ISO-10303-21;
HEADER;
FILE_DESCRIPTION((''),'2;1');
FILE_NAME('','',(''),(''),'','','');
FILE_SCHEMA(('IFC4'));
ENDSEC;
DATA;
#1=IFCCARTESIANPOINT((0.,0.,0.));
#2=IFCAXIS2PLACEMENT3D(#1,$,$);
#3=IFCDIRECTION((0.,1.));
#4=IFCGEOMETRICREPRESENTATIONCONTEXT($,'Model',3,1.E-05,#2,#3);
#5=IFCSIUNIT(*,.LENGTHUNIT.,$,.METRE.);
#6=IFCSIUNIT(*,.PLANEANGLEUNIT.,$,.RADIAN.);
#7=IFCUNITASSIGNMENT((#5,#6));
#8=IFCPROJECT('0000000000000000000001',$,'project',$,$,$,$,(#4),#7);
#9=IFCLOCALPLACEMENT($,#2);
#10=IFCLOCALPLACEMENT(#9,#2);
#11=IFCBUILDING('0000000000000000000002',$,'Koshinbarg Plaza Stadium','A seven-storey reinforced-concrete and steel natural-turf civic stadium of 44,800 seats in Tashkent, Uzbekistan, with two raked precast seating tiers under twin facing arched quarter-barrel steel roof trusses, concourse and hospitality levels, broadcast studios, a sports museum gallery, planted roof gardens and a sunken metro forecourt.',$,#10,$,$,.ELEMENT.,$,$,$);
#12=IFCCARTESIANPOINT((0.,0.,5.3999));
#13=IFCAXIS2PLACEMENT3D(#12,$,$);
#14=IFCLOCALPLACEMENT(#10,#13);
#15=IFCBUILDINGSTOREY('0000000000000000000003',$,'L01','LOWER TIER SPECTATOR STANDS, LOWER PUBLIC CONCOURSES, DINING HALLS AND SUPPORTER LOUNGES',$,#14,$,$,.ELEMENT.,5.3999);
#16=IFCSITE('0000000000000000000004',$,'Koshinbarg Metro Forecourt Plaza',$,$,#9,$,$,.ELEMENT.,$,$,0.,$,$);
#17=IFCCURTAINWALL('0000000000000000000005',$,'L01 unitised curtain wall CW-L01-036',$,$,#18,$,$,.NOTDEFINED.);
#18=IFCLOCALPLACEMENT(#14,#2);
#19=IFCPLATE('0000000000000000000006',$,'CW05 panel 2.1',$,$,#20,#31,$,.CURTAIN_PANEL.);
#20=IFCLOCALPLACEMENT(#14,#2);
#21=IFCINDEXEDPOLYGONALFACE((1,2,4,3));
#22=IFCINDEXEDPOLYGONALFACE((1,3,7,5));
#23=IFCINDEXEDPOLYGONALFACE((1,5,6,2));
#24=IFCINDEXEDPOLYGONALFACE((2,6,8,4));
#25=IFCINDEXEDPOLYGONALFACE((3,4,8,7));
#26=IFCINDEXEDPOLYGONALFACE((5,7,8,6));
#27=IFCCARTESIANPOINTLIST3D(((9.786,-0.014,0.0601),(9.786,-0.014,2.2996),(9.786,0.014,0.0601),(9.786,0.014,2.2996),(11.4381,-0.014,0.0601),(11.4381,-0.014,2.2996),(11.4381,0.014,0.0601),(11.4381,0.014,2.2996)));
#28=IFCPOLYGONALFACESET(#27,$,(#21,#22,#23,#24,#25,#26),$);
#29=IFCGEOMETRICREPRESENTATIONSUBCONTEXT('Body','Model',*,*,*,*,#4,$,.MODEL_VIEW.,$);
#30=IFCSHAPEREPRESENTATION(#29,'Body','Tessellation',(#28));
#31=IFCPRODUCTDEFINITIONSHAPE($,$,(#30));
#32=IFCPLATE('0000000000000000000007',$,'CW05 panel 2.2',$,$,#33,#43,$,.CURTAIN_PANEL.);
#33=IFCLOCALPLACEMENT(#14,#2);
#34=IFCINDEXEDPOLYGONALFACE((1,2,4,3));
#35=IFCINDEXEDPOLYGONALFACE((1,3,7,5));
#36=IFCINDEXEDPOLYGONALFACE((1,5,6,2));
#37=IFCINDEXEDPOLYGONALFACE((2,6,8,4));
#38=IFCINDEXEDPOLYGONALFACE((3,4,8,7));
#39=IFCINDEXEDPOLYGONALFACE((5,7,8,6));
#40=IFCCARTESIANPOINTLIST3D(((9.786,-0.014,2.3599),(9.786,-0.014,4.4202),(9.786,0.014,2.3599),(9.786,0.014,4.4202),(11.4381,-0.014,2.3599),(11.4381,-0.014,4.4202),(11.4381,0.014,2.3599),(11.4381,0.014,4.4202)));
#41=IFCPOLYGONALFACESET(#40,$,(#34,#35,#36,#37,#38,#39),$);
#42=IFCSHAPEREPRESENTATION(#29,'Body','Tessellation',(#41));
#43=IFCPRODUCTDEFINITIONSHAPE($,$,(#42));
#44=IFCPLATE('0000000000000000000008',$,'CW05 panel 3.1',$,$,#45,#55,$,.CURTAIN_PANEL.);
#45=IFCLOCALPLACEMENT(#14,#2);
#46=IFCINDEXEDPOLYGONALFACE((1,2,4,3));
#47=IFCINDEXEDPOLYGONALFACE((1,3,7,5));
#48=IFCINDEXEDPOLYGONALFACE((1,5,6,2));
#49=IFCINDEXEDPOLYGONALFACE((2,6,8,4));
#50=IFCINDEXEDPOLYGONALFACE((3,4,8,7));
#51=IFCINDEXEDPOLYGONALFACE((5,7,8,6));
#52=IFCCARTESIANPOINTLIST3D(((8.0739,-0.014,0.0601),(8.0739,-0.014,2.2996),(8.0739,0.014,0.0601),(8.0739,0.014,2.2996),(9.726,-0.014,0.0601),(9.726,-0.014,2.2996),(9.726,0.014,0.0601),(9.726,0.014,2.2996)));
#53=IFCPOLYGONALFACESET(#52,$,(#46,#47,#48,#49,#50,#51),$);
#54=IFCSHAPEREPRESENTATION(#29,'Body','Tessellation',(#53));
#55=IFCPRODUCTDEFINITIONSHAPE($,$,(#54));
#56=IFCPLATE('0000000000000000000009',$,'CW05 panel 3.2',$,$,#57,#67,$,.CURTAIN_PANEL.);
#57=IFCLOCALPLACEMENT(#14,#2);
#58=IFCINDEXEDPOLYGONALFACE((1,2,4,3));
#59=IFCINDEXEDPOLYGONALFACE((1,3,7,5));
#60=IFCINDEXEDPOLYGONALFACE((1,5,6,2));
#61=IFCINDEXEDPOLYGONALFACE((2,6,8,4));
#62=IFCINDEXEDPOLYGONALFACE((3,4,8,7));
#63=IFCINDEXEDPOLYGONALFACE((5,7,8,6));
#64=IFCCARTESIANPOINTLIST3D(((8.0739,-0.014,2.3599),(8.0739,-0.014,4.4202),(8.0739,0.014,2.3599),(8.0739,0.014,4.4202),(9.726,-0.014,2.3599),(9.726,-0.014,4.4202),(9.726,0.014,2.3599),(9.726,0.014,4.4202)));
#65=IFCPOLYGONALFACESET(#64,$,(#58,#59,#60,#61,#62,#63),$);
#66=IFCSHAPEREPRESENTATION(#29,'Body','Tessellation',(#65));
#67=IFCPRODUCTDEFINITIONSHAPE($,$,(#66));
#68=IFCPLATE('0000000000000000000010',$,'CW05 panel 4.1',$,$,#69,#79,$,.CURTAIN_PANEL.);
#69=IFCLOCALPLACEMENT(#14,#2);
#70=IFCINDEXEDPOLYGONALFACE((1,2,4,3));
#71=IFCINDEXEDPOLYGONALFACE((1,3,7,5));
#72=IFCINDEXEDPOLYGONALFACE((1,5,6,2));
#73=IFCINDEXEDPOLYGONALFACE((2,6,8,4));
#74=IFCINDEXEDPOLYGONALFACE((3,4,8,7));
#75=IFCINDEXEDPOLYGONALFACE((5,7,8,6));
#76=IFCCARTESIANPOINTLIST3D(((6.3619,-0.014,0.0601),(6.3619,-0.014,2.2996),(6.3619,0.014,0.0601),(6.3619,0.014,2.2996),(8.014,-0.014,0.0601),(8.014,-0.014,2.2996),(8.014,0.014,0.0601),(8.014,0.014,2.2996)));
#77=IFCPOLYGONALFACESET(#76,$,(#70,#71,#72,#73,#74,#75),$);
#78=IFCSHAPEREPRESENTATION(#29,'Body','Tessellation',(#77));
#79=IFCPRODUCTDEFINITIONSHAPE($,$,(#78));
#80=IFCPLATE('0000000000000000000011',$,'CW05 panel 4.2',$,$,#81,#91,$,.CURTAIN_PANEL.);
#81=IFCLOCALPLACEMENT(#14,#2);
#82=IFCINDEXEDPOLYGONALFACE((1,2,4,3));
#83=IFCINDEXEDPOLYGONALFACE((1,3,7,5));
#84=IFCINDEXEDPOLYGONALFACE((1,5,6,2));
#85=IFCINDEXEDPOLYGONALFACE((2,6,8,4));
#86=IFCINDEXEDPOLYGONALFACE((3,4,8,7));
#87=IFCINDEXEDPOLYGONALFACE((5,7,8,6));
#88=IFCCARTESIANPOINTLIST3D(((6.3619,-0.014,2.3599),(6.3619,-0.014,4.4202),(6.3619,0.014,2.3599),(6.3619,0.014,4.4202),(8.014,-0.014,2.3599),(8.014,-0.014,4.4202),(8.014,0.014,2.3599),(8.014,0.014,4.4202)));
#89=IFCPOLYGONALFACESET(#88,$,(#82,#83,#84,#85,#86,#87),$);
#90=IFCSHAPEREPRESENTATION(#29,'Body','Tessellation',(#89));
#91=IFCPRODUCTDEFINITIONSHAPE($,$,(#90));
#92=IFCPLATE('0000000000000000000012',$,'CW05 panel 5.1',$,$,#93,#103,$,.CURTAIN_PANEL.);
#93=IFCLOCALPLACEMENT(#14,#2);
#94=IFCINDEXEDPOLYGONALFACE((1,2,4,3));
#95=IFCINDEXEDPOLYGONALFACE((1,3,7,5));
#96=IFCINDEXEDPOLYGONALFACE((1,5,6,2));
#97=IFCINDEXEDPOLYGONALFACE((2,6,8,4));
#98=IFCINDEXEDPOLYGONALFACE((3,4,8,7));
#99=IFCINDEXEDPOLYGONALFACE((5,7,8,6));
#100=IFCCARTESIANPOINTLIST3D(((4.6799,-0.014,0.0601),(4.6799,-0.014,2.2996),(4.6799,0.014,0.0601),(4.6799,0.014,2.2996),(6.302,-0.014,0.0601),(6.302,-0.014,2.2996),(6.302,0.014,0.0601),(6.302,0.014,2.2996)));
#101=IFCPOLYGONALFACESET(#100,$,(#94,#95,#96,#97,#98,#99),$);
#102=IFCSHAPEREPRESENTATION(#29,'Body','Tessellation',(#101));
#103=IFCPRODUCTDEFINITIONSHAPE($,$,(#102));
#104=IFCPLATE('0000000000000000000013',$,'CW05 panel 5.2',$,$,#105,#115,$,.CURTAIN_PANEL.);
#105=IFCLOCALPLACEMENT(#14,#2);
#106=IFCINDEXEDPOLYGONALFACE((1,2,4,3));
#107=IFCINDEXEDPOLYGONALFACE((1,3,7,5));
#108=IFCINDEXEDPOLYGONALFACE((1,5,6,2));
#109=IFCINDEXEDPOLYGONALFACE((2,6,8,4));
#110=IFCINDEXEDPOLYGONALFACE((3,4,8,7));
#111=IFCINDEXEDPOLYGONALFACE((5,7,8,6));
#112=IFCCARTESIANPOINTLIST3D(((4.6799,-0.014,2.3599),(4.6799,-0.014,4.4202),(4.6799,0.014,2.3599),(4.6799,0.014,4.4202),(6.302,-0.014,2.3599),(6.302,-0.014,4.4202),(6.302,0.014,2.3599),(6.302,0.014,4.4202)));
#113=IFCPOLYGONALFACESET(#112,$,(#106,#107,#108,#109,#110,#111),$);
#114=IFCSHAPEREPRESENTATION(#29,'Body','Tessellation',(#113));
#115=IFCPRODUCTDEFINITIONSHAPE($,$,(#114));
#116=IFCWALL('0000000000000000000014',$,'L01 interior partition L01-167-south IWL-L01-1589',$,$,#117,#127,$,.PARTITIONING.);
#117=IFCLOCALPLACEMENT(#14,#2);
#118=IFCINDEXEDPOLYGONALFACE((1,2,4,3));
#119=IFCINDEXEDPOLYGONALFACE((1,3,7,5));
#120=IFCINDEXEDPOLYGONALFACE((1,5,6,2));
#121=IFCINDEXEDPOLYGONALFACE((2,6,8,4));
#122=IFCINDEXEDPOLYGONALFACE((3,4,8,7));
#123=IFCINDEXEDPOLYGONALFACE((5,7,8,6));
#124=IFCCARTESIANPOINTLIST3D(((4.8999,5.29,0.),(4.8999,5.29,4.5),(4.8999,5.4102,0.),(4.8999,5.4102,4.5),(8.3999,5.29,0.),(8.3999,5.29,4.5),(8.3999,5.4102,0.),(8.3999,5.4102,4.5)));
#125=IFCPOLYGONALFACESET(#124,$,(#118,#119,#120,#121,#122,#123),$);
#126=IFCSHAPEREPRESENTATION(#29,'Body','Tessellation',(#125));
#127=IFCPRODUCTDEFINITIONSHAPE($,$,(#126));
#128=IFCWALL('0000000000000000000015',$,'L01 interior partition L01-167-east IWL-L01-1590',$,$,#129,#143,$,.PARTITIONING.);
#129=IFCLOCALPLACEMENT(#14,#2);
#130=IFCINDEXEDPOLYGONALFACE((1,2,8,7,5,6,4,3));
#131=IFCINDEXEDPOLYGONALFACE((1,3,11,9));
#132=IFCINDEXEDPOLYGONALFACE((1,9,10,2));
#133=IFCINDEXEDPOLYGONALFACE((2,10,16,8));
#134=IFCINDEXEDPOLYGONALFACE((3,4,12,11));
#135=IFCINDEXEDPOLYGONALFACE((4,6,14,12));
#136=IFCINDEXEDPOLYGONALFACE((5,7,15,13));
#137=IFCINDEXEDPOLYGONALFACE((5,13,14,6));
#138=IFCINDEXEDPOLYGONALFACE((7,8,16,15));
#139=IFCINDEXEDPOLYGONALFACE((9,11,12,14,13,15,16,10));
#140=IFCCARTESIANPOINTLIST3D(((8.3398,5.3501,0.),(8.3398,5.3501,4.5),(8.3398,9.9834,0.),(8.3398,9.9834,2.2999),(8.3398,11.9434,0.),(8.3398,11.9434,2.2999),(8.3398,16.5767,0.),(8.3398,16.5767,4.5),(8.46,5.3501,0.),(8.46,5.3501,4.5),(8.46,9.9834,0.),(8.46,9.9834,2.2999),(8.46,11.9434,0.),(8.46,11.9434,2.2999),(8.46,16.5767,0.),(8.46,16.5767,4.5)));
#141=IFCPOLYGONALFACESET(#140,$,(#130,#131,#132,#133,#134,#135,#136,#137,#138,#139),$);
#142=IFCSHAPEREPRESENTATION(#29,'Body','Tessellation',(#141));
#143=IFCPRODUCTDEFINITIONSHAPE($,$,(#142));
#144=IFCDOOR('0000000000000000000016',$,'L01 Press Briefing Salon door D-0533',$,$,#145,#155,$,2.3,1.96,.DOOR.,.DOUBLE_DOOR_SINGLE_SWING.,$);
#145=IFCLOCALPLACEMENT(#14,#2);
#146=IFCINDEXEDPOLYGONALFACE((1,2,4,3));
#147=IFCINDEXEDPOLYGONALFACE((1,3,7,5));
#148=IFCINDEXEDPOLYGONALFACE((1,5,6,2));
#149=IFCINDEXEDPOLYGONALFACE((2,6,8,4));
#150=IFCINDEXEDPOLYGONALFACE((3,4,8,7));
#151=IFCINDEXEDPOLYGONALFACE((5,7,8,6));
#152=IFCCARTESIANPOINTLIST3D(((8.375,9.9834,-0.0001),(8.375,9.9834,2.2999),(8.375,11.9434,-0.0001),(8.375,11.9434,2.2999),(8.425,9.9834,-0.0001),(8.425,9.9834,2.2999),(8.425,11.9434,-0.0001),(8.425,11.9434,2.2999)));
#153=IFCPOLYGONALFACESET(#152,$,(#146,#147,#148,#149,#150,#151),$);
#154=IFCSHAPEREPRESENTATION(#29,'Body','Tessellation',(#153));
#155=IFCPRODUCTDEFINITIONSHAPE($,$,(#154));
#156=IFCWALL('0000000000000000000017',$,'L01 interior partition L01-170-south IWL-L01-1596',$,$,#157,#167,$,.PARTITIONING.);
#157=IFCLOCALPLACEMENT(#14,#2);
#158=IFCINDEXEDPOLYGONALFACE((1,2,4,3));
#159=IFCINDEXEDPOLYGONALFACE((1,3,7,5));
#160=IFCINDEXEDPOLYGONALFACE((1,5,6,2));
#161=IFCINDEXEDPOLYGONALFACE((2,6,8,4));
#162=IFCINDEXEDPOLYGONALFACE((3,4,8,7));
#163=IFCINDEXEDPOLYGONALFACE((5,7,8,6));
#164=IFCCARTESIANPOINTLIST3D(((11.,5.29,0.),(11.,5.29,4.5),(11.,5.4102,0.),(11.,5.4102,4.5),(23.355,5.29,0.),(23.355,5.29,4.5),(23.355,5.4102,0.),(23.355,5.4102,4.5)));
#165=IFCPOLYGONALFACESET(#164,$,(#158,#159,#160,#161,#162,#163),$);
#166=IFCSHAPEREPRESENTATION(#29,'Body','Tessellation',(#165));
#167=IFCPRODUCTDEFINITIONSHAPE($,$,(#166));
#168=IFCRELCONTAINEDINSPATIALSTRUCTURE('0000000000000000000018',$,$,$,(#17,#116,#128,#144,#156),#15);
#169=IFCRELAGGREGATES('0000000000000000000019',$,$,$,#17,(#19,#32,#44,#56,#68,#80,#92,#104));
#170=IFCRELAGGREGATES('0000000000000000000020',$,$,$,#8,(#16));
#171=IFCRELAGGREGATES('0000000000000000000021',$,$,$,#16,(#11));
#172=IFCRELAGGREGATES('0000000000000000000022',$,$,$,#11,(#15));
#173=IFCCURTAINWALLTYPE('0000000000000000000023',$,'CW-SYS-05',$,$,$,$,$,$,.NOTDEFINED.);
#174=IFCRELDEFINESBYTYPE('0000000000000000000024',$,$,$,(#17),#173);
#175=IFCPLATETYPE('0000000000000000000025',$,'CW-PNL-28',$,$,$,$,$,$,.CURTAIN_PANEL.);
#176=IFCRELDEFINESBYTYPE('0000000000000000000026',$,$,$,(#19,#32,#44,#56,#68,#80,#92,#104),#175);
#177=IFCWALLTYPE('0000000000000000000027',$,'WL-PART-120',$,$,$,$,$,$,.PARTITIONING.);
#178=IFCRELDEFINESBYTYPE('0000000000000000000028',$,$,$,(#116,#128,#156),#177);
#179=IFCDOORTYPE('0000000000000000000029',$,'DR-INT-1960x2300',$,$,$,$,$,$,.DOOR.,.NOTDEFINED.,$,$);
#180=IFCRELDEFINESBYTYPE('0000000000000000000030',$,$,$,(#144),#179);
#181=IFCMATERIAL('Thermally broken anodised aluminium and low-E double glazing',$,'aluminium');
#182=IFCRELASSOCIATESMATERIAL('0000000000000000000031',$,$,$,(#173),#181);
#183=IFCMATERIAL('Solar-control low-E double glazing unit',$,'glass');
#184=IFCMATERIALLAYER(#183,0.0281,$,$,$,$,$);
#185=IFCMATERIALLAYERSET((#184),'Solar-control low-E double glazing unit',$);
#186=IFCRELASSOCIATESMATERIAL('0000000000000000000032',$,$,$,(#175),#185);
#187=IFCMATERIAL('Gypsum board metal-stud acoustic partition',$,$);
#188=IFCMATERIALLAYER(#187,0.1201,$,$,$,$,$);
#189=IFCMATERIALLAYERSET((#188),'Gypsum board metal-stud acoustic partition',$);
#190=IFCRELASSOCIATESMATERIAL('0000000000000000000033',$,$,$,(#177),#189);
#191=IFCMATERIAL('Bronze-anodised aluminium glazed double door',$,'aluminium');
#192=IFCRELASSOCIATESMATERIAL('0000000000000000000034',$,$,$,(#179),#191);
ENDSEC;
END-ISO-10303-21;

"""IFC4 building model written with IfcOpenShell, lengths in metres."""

from ifc_helpers import new_model, si_unit, direction, frame, frame_2d, origin, origin_2d, place, context, subcontext, project, spatial, rectangle, extrude, material, layer, layer_set, type_object, element, fill, aggregate, save


model = new_model("IFC4")

# Units and contexts
model_context = context("Model", 3, precision=1e-05, world=origin(), true_north=direction((0.0, 1.0)))
body_context = subcontext(model_context, "Body", "Model", "MODEL_VIEW")
ifc_project = project(units=[si_unit("LENGTHUNIT", "METRE"), si_unit("PLANEANGLEUNIT", "RADIAN")], contexts=[model_context])

# Site, building, storey
site_placement = place(None, origin())
site = spatial("IfcSite", under=ifc_project, at=site_placement, Name="Koshinbarg Metro Forecourt Plaza", CompositionType="ELEMENT", RefElevation=0.0)
building_placement = place(site_placement, origin())
building = spatial("IfcBuilding", under=site, at=building_placement, Name="Koshinbarg Plaza Stadium", Description="A seven-storey reinforced-concrete and steel natural-turf civic stadium of 44,800 seats in Tashkent, Uzbekistan, with two raked precast seating tiers under twin facing arched quarter-barrel steel roof trusses, concourse and hospitality levels, broadcast studios, a sports museum gallery, planted roof gardens and a sunken metro forecourt.", CompositionType="ELEMENT")
storey_placement = place(building_placement, frame((0.0, 0.0, 5.3999)))
storey = spatial("IfcBuildingStorey", under=building, at=storey_placement, Name="L01", Description="LOWER TIER SPECTATOR STANDS, LOWER PUBLIC CONCOURSES, DINING HALLS AND SUPPORTER LOUNGES", CompositionType="ELEMENT", Elevation=5.3999)

# Curtain wall, plates
ifc_material_1 = material(Name="Thermally broken anodised aluminium and low-E double glazing", Category="aluminium")
curtain_wall_type = type_object("IfcCurtainWallType", Name="CW-SYS-05", PredefinedType="NOTDEFINED", material=ifc_material_1)
curtain_wall_placement = place(storey_placement, origin())
curtain_wall = element("IfcCurtainWall", 1, at=curtain_wall_placement, inside=storey, type_object=curtain_wall_type, Name="L01 unitised curtain wall CW-L01-036", PredefinedType="NOTDEFINED")
ifc_material_2 = material(Name="Solar-control low-E double glazing unit", Category="glass")
ifc_layer_1 = layer(ifc_material_2, 0.0281)
ifc_layer_set_1 = layer_set([ifc_layer_1], Name="Solar-control low-E double glazing unit")
plate_type = type_object("IfcPlateType", Name="CW-PNL-28", PredefinedType="CURTAIN_PANEL", material=ifc_layer_set_1)
plate_1_placement = place(storey_placement, frame((10.6121, 0.0, 0.0601), z_axis=(0.0, 0.0, 1.0), x_axis=(-1.0, 0.0, 0.0)))
plate_1 = element("IfcPlate", 2, at=plate_1_placement, type_object=plate_type, Name="CW05 panel 2.1", PredefinedType="CURTAIN_PANEL", context=body_context, shape_type="SweptSolid", body=[
    extrude(rectangle(XDim=1.6521, YDim=0.0281, at=origin_2d()), origin(), (0.0, 0.0, 1.0), 2.2395),
])
plate_2_placement = place(storey_placement, frame((10.6121, 0.0, 2.3599), z_axis=(0.0, 0.0, 1.0), x_axis=(-1.0, 0.0, 0.0)))
plate_2 = element("IfcPlate", 3, at=plate_2_placement, type_object=plate_type, Name="CW05 panel 2.2", PredefinedType="CURTAIN_PANEL", context=body_context, shape_type="SweptSolid", body=[
    extrude(rectangle(XDim=1.6521, YDim=0.0281, at=origin_2d()), origin(), (0.0, 0.0, 1.0), 2.0603),
])
plate_3_placement = place(storey_placement, frame((8.8999, 0.0, 0.0601), z_axis=(0.0, 0.0, 1.0), x_axis=(-1.0, 0.0, 0.0)))
plate_3 = element("IfcPlate", 4, at=plate_3_placement, type_object=plate_type, Name="CW05 panel 3.1", PredefinedType="CURTAIN_PANEL", context=body_context, shape_type="SweptSolid", body=[
    extrude(rectangle(XDim=1.6521, YDim=0.0281, at=origin_2d()), origin(), (0.0, 0.0, 1.0), 2.2395),
])
plate_4_placement = place(storey_placement, frame((8.8999, 0.0, 2.3599), z_axis=(0.0, 0.0, 1.0), x_axis=(-1.0, 0.0, 0.0)))
plate_4 = element("IfcPlate", 5, at=plate_4_placement, type_object=plate_type, Name="CW05 panel 3.2", PredefinedType="CURTAIN_PANEL", context=body_context, shape_type="SweptSolid", body=[
    extrude(rectangle(XDim=1.6521, YDim=0.0281, at=origin_2d()), origin(), (0.0, 0.0, 1.0), 2.0603),
])
plate_5_placement = place(storey_placement, frame((7.188, 0.0, 0.0601), z_axis=(0.0, 0.0, 1.0), x_axis=(-1.0, 0.0, 0.0)))
plate_5 = element("IfcPlate", 6, at=plate_5_placement, type_object=plate_type, Name="CW05 panel 4.1", PredefinedType="CURTAIN_PANEL", context=body_context, shape_type="SweptSolid", body=[
    extrude(rectangle(XDim=1.6521, YDim=0.0281, at=origin_2d()), origin(), (0.0, 0.0, 1.0), 2.2395),
])
plate_6_placement = place(storey_placement, frame((7.188, 0.0, 2.3599), z_axis=(0.0, 0.0, 1.0), x_axis=(-1.0, 0.0, 0.0)))
plate_6 = element("IfcPlate", 7, at=plate_6_placement, type_object=plate_type, Name="CW05 panel 4.2", PredefinedType="CURTAIN_PANEL", context=body_context, shape_type="SweptSolid", body=[
    extrude(rectangle(XDim=1.6521, YDim=0.0281, at=origin_2d()), origin(), (0.0, 0.0, 1.0), 2.0603),
])
plate_7_placement = place(storey_placement, frame((5.491, 0.0, 0.0601), z_axis=(0.0, 0.0, 1.0), x_axis=(-1.0, 0.0, 0.0)))
plate_7 = element("IfcPlate", 8, at=plate_7_placement, type_object=plate_type, Name="CW05 panel 5.1", PredefinedType="CURTAIN_PANEL", context=body_context, shape_type="SweptSolid", body=[
    extrude(rectangle(XDim=1.6221, YDim=0.0281, at=origin_2d()), origin(), (0.0, 0.0, 1.0), 2.2395),
])
plate_8_placement = place(storey_placement, frame((5.491, 0.0, 2.3599), z_axis=(0.0, 0.0, 1.0), x_axis=(-1.0, 0.0, 0.0)))
plate_8 = element("IfcPlate", 9, at=plate_8_placement, type_object=plate_type, Name="CW05 panel 5.2", PredefinedType="CURTAIN_PANEL", context=body_context, shape_type="SweptSolid", body=[
    extrude(rectangle(XDim=1.6221, YDim=0.0281, at=origin_2d()), origin(), (0.0, 0.0, 1.0), 2.0603),
])
aggregate(curtain_wall, [plate_1, plate_2, plate_3, plate_4, plate_5, plate_6, plate_7, plate_8])

# Wall
ifc_material_3 = material(Name="Gypsum board metal-stud acoustic partition")
ifc_layer_2 = layer(ifc_material_3, 0.1201)
ifc_layer_set_2 = layer_set([ifc_layer_2], Name="Gypsum board metal-stud acoustic partition")
wall_type = type_object("IfcWallType", Name="WL-PART-120", PredefinedType="PARTITIONING", material=ifc_layer_set_2)
wall_1_placement = place(storey_placement, frame((4.8999, 5.3501, 0.0), z_axis=(0.0, 0.0, 1.0), x_axis=(1.0, 0.0, 0.0)))
element("IfcWall", 10, at=wall_1_placement, inside=storey, type_object=wall_type, Name="L01 interior partition L01-167-south IWL-L01-1589", PredefinedType="PARTITIONING", context=body_context, shape_type="SweptSolid", body=[
    extrude(rectangle(XDim=3.5, YDim=0.1201, at=frame_2d((1.75, 0.0))), origin(), (0.0, 0.0, 1.0), 4.5),
])

# Wall, opening, door
wall_2_placement = place(storey_placement, frame((8.3999, 5.3501, 0.0), z_axis=(0.0, 0.0, 1.0), x_axis=(0.0, 1.0, 0.0)))
wall_2 = element("IfcWall", 11, at=wall_2_placement, inside=storey, type_object=wall_type, Name="L01 interior partition L01-167-east IWL-L01-1590", PredefinedType="PARTITIONING", context=body_context, shape_type="SweptSolid", body=[
    extrude(rectangle(XDim=11.2266, YDim=0.1201, at=frame_2d((5.6133, 0.0))), origin(), (0.0, 0.0, 1.0), 4.5),
])
opening_placement = place(wall_2_placement, frame((4.6333, 0.0, 0.0)))
opening = element("IfcOpeningElement", 12, at=opening_placement, cuts=wall_2, PredefinedType="OPENING", context=body_context, shape_type="SweptSolid", body=[
    extrude(rectangle(XDim=1.96, YDim=2.3, at=frame_2d((0.98, 1.1499))), frame((0.0, 0.0701, 0.0), z_axis=(0.0, -1.0, 0.0), x_axis=(1.0, 0.0, 0.0)), (0.0, 0.0, 1.0), 0.1401),
])
ifc_material_4 = material(Name="Bronze-anodised aluminium glazed double door", Category="aluminium")
door_type = type_object("IfcDoorType", Name="DR-INT-1960x2300", OperationType="NOTDEFINED", PredefinedType="DOOR", material=ifc_material_4)
door_placement = place(opening_placement, origin())
door = element("IfcDoor", 13, at=door_placement, inside=storey, type_object=door_type, Name="L01 Press Briefing Salon door D-0533", OperationType="DOUBLE_DOOR_SINGLE_SWING", OverallHeight=2.3, OverallWidth=1.96, PredefinedType="DOOR", context=body_context, shape_type="SweptSolid", body=[
    extrude(rectangle(XDim=1.96, YDim=2.3, at=frame_2d((0.98, 1.1499))), frame((0.0, 0.0249, 0.0), z_axis=(0.0, -1.0, 0.0), x_axis=(1.0, 0.0, 0.0)), (0.0, 0.0, 1.0), 0.05),
])
fill(opening, door)

# Wall
wall_3_placement = place(storey_placement, frame((11.0, 5.3501, 0.0), z_axis=(0.0, 0.0, 1.0), x_axis=(1.0, 0.0, 0.0)))
element("IfcWall", 14, at=wall_3_placement, inside=storey, type_object=wall_type, Name="L01 interior partition L01-170-south IWL-L01-1596", PredefinedType="PARTITIONING", context=body_context, shape_type="SweptSolid", body=[
    extrude(rectangle(XDim=12.355, YDim=0.1201, at=frame_2d((6.1775, 0.0))), origin(), (0.0, 0.0, 1.0), 4.5),
])

save(model, "model.ifc")
